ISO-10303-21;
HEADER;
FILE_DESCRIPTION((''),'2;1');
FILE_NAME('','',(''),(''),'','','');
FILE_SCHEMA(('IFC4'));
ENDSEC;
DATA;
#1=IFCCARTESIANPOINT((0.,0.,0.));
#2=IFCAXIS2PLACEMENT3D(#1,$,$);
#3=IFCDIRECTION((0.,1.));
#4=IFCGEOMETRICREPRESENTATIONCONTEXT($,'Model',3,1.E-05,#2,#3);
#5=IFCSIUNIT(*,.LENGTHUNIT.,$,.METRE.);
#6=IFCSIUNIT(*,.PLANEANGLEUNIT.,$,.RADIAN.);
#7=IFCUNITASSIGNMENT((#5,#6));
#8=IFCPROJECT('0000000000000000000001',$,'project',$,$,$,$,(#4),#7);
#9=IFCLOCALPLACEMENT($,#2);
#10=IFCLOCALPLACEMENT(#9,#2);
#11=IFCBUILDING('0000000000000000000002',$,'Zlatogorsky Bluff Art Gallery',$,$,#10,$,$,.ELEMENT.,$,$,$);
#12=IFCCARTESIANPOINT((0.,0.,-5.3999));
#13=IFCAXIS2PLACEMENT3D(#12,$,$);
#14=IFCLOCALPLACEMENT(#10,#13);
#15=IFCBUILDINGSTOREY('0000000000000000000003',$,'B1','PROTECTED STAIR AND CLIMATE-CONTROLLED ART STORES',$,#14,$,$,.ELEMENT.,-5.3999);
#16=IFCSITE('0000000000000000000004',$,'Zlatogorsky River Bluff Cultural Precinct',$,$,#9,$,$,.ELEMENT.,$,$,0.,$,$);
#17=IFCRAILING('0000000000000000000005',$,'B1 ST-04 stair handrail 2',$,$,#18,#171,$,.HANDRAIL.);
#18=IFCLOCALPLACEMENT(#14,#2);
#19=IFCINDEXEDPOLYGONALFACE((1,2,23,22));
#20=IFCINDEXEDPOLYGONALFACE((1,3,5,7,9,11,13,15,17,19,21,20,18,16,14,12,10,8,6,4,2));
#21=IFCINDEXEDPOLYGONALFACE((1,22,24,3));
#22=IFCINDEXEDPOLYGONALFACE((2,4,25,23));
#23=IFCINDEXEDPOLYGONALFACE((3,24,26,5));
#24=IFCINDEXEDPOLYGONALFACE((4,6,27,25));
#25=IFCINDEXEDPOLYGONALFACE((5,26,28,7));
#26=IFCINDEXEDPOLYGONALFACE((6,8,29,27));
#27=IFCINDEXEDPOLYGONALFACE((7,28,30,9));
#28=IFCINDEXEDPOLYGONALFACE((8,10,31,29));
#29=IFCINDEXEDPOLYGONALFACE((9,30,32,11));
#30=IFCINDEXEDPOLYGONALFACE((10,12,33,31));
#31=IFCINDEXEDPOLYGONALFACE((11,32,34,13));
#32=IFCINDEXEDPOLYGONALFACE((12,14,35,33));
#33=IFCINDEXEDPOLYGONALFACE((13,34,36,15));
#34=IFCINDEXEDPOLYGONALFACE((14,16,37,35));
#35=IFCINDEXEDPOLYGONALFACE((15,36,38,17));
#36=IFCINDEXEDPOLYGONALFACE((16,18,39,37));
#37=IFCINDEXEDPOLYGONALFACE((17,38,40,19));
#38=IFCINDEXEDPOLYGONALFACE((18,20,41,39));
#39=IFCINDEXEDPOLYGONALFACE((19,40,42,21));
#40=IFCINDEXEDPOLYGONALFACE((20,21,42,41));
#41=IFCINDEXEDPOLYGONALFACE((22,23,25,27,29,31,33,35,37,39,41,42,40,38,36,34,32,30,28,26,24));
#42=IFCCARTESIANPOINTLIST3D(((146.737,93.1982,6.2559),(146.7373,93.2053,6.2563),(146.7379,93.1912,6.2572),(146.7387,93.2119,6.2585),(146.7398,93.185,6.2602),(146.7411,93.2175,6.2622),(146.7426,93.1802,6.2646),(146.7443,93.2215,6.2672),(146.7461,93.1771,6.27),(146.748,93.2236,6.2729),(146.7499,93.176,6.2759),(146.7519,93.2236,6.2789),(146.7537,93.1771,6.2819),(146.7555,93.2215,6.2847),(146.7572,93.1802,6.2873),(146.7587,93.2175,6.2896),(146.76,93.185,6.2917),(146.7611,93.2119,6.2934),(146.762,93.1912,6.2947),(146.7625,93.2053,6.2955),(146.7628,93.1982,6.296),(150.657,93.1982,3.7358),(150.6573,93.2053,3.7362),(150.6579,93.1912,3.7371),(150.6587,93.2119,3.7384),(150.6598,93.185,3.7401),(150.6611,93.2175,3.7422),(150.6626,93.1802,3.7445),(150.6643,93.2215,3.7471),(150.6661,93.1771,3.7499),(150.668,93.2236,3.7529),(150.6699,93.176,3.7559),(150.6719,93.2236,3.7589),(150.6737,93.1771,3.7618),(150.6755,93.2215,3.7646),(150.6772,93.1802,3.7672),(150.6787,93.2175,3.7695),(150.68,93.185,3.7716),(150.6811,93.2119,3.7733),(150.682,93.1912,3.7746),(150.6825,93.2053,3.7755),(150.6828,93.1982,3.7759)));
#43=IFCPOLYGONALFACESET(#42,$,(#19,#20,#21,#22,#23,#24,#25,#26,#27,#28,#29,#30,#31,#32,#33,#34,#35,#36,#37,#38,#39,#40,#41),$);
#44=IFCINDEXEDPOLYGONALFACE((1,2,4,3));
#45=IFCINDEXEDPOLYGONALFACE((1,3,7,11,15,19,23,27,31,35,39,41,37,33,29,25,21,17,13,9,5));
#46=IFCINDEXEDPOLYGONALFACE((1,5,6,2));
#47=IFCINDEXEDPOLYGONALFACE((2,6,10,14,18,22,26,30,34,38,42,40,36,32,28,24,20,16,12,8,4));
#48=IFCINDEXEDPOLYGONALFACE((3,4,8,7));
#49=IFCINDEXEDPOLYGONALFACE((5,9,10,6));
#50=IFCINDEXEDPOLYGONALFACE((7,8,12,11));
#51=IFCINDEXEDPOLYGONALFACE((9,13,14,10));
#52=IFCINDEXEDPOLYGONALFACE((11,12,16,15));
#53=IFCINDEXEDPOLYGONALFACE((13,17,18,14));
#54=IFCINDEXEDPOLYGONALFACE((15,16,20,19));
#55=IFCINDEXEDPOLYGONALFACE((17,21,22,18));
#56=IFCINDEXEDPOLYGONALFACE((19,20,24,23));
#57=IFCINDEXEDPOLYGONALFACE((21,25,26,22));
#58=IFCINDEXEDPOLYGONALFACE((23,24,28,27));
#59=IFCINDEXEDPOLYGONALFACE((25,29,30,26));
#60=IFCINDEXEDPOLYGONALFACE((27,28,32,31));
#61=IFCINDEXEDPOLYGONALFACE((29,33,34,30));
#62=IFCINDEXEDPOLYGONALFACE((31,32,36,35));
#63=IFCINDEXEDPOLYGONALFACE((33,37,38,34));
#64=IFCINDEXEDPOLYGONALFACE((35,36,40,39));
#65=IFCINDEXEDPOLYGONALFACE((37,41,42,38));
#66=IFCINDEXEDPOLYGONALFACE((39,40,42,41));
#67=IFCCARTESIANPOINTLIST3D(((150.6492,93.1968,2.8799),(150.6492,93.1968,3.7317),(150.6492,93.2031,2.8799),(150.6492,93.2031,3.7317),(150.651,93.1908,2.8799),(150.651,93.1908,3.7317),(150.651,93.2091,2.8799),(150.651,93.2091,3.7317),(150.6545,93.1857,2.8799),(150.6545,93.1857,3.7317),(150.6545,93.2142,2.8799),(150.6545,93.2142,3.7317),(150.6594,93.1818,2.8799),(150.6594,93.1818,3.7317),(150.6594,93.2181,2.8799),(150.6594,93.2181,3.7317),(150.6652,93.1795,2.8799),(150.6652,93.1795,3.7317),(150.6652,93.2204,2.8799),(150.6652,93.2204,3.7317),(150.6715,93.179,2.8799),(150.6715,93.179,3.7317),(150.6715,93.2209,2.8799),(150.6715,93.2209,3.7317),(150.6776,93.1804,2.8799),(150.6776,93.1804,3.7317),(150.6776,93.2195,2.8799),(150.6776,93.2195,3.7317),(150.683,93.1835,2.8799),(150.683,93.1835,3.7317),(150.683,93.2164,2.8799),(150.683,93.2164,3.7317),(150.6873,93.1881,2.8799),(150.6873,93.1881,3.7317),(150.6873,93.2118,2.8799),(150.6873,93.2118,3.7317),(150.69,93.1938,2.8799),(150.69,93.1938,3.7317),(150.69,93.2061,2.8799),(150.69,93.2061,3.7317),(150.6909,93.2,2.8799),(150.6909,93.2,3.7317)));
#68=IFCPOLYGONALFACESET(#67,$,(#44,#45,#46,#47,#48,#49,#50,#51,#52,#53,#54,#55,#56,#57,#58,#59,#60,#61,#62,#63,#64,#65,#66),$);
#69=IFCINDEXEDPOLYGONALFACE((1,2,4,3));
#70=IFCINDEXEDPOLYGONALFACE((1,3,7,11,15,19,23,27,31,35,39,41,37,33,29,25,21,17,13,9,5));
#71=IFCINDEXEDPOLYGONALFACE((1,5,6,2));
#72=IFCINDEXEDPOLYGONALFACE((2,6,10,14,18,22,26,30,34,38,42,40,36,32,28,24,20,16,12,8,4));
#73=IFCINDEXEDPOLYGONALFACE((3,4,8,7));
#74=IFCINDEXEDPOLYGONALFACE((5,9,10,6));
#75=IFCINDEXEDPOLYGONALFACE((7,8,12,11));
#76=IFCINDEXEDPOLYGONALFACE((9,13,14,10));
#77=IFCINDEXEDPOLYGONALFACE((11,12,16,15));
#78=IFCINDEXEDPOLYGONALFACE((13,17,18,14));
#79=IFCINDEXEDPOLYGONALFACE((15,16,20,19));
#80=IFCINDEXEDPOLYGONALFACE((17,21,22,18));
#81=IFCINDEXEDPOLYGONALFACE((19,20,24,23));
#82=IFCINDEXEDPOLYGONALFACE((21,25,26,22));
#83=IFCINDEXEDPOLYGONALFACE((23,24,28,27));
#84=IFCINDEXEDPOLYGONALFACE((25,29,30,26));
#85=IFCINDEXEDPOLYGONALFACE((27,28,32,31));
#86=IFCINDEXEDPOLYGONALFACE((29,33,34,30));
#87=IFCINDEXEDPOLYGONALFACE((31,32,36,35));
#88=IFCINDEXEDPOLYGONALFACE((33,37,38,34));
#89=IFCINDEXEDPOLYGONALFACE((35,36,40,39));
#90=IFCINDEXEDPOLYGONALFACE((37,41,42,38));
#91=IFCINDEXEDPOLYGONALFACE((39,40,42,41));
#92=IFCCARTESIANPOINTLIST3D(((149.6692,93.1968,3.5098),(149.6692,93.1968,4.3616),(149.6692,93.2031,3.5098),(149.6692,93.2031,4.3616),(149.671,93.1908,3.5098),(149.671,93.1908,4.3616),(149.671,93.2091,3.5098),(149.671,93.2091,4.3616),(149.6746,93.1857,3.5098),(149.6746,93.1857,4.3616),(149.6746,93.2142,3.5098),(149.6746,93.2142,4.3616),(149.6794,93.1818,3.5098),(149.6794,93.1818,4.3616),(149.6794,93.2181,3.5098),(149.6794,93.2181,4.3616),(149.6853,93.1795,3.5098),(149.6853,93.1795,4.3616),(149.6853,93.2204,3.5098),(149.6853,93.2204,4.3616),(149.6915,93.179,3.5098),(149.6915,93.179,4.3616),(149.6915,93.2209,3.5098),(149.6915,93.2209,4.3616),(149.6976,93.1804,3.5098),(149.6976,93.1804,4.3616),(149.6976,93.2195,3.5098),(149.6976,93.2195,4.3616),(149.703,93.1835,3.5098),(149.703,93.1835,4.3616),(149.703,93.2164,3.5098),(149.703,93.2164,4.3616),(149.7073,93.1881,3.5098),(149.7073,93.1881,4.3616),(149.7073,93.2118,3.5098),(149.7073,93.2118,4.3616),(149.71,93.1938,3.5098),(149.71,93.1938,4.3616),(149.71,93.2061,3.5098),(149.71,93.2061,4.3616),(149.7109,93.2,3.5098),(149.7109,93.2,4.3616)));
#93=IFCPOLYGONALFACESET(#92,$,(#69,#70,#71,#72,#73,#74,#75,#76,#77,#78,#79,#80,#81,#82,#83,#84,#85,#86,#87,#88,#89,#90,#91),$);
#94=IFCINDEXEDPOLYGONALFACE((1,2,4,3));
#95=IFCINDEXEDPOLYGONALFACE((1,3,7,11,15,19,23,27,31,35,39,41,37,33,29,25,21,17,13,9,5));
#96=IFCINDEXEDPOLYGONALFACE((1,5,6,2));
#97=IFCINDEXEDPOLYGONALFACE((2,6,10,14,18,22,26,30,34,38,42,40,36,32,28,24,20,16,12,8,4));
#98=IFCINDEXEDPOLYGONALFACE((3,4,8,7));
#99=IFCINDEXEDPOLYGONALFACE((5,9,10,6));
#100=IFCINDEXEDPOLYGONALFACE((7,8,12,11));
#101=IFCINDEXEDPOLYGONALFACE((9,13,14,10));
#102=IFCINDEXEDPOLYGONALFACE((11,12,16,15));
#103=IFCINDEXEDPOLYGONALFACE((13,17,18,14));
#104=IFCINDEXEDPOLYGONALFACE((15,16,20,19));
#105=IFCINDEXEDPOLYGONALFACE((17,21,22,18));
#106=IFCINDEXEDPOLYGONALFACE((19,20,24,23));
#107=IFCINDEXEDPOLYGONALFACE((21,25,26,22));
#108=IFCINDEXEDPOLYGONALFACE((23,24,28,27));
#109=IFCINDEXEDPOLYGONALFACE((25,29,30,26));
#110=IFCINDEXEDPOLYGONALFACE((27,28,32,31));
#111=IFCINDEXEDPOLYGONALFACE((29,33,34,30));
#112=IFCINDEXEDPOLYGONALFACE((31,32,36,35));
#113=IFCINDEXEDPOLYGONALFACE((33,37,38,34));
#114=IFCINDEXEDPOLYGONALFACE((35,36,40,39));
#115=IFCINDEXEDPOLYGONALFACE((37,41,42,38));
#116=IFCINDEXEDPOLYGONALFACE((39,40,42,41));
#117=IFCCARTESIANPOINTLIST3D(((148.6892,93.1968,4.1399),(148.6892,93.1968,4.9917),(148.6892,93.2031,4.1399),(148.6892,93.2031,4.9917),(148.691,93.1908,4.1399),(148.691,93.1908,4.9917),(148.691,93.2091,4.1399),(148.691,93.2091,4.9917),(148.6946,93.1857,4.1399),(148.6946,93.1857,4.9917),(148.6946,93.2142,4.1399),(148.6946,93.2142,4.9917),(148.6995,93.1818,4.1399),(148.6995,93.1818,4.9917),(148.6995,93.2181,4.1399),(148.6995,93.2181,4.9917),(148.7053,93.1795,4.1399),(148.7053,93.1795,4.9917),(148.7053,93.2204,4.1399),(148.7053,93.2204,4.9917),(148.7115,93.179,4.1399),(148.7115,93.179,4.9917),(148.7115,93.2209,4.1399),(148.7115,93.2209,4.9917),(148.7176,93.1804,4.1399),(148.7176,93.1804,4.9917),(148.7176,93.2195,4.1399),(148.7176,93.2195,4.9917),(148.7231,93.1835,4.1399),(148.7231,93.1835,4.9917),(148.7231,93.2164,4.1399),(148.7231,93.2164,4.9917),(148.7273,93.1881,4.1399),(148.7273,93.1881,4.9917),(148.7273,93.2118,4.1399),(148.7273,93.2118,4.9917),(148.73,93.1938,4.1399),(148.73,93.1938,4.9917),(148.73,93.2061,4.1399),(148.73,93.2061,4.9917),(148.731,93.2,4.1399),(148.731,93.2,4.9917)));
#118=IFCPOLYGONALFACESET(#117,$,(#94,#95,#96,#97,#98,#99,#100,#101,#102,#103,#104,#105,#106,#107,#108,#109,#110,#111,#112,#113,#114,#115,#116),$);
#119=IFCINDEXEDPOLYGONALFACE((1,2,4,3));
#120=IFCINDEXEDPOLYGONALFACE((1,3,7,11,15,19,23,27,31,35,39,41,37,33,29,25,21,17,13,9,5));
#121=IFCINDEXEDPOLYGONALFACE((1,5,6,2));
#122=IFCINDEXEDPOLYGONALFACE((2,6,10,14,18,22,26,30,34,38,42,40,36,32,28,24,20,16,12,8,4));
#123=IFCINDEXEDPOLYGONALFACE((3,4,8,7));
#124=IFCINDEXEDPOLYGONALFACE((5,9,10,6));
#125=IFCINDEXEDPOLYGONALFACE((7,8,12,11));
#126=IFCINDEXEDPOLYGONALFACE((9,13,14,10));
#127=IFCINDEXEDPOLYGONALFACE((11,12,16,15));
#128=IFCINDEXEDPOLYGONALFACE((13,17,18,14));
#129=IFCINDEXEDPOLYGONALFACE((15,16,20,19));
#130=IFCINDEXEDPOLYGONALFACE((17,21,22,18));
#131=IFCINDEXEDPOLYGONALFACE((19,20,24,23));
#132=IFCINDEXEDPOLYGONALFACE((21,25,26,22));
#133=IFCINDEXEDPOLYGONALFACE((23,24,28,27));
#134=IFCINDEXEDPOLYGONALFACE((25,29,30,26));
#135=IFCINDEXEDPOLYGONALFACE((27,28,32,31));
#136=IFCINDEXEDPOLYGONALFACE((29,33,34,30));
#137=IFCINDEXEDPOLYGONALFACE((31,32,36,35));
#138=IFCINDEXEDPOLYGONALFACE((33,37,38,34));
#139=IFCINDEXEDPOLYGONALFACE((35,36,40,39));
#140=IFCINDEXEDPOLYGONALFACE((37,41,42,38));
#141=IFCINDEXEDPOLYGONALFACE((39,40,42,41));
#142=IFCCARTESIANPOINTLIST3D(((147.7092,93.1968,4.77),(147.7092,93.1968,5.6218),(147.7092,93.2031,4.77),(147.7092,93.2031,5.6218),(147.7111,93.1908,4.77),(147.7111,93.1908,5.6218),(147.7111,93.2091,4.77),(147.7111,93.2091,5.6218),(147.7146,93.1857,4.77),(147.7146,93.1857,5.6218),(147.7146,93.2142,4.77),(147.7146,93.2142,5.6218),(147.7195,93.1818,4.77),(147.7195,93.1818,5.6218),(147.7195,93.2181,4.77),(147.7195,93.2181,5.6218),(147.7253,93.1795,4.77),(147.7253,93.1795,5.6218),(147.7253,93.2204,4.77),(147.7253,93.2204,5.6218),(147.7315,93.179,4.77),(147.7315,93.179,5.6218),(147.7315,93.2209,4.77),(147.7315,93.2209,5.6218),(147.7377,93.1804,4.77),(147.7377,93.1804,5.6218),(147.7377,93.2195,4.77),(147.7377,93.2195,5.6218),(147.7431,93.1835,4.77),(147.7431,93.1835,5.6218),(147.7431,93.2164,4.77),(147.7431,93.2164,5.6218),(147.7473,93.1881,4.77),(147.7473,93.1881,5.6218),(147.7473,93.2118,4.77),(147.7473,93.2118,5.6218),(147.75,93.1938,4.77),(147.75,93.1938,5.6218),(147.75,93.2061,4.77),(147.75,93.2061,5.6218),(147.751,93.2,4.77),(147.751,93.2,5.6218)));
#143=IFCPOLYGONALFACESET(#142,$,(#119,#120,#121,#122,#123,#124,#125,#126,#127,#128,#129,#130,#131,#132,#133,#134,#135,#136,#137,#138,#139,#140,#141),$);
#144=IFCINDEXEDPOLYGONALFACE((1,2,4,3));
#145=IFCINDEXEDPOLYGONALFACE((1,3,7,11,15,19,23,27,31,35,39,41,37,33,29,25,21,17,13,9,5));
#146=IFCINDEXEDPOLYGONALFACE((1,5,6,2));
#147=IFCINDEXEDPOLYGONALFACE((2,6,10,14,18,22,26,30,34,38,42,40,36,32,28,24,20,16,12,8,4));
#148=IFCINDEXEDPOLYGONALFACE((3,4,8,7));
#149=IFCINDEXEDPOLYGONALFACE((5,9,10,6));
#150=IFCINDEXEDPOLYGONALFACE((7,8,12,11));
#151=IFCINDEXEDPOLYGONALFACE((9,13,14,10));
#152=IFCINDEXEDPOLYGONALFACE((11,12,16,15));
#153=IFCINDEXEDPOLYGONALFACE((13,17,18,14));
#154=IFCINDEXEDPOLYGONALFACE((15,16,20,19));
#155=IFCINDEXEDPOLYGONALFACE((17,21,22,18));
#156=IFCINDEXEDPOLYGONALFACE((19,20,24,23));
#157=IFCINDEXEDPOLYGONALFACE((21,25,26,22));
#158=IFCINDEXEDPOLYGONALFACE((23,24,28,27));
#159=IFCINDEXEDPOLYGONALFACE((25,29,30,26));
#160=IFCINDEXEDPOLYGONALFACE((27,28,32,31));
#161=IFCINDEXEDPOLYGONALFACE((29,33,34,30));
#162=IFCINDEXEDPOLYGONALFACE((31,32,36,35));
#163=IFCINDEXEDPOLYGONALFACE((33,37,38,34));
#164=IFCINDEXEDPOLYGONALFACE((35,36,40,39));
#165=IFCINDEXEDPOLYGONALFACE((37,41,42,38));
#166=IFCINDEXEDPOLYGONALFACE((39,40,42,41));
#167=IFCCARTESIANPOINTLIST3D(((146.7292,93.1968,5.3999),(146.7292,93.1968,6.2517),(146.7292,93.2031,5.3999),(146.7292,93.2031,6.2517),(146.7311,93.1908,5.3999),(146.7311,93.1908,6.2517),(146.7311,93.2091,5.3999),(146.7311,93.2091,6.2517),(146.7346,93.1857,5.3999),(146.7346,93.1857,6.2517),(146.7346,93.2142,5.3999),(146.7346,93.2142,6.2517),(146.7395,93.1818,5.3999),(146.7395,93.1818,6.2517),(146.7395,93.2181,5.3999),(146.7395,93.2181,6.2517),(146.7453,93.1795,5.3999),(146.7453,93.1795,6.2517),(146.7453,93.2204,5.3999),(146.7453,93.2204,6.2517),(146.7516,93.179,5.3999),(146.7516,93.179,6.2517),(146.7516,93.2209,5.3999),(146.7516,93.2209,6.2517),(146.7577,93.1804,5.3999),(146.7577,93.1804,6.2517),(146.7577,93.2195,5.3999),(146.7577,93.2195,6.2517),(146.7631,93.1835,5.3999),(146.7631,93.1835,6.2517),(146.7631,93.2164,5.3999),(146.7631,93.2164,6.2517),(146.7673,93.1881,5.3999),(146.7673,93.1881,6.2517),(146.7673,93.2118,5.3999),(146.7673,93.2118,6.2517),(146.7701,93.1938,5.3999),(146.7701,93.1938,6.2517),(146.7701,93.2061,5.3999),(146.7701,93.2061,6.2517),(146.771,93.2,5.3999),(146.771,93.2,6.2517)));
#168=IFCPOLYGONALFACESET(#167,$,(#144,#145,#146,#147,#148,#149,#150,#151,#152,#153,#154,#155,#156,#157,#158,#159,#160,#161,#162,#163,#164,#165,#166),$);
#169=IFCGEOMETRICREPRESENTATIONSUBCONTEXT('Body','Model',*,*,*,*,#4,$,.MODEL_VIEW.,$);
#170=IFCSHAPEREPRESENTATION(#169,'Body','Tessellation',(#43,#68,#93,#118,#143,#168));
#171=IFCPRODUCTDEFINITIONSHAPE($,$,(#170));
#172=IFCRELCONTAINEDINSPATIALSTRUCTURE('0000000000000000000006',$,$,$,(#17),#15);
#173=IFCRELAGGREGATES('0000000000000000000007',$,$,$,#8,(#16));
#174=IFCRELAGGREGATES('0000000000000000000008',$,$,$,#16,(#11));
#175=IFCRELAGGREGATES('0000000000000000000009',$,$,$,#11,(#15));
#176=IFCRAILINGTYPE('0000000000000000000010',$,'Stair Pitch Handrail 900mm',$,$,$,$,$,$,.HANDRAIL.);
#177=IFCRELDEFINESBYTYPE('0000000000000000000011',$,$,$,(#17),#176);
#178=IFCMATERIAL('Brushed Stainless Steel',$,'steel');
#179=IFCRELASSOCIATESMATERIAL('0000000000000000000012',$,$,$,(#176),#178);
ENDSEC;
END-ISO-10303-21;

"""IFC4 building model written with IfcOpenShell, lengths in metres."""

from ifc_helpers import new_model, si_unit, direction, frame, origin, origin_2d, place, context, subcontext, project, spatial, circle, extrude, material, type_object, element, save


model = new_model("IFC4")

# Units and contexts
model_context = context("Model", 3, precision=1e-05, world=origin(), true_north=direction((0.0, 1.0)))
body_context = subcontext(model_context, "Body", "Model", "MODEL_VIEW")
ifc_project = project(units=[si_unit("LENGTHUNIT", "METRE"), si_unit("PLANEANGLEUNIT", "RADIAN")], contexts=[model_context])

# Site, building, storey
site_placement = place(None, origin())
site = spatial("IfcSite", under=ifc_project, at=site_placement, Name="Zlatogorsky River Bluff Cultural Precinct", CompositionType="ELEMENT", RefElevation=0.0)
building_placement = place(site_placement, origin())
building = spatial("IfcBuilding", under=site, at=building_placement, Name="Zlatogorsky Bluff Art Gallery", CompositionType="ELEMENT")
storey_placement = place(building_placement, frame((0.0, 0.0, -5.3999)))
storey = spatial("IfcBuildingStorey", under=building, at=storey_placement, Name="B1", Description="PROTECTED STAIR AND CLIMATE-CONTROLLED ART STORES", CompositionType="ELEMENT", Elevation=-5.3999)

# Railing
ifc_material_1 = material(Name="Brushed Stainless Steel", Category="steel")
railing_type_1 = type_object("IfcRailingType", Name="Stair Pitch Handrail 900mm", PredefinedType="HANDRAIL", material=ifc_material_1)
railing_1_placement = place(storey_placement, frame((150.6699, 93.2, 2.8799)))
element("IfcRailing", 1, at=railing_1_placement, inside=storey, type_object=railing_type_1, Name="B1 ST-04 stair handrail 2", PredefinedType="HANDRAIL", context=body_context, shape_type="SweptSolid", body=[
    extrude(circle(Radius=0.0239, at=origin_2d()), frame((0.0, 0.0, 0.876), z_axis=(-0.841172, 0.0, 0.540768), x_axis=(0.0, -1.0, 0.0)), (0.0, 0.0, 1.0), 4.6602),
    extrude(circle(Radius=0.021, at=origin_2d()), origin(), (0.0, 0.0, 1.0), 0.8518),
    extrude(circle(Radius=0.021, at=origin_2d()), frame((-0.98, 0.0, 0.6299)), (0.0, 0.0, 1.0), 0.8518),
    extrude(circle(Radius=0.021, at=origin_2d()), frame((-1.96, 0.0, 1.26)), (0.0, 0.0, 1.0), 0.8518),
    extrude(circle(Radius=0.021, at=origin_2d()), frame((-2.9399, 0.0, 1.8901)), (0.0, 0.0, 1.0), 0.8518),
    extrude(circle(Radius=0.021, at=origin_2d()), frame((-3.9199, 0.0, 2.52)), (0.0, 0.0, 1.0), 0.8518),
])

save(model, "model.ifc")
